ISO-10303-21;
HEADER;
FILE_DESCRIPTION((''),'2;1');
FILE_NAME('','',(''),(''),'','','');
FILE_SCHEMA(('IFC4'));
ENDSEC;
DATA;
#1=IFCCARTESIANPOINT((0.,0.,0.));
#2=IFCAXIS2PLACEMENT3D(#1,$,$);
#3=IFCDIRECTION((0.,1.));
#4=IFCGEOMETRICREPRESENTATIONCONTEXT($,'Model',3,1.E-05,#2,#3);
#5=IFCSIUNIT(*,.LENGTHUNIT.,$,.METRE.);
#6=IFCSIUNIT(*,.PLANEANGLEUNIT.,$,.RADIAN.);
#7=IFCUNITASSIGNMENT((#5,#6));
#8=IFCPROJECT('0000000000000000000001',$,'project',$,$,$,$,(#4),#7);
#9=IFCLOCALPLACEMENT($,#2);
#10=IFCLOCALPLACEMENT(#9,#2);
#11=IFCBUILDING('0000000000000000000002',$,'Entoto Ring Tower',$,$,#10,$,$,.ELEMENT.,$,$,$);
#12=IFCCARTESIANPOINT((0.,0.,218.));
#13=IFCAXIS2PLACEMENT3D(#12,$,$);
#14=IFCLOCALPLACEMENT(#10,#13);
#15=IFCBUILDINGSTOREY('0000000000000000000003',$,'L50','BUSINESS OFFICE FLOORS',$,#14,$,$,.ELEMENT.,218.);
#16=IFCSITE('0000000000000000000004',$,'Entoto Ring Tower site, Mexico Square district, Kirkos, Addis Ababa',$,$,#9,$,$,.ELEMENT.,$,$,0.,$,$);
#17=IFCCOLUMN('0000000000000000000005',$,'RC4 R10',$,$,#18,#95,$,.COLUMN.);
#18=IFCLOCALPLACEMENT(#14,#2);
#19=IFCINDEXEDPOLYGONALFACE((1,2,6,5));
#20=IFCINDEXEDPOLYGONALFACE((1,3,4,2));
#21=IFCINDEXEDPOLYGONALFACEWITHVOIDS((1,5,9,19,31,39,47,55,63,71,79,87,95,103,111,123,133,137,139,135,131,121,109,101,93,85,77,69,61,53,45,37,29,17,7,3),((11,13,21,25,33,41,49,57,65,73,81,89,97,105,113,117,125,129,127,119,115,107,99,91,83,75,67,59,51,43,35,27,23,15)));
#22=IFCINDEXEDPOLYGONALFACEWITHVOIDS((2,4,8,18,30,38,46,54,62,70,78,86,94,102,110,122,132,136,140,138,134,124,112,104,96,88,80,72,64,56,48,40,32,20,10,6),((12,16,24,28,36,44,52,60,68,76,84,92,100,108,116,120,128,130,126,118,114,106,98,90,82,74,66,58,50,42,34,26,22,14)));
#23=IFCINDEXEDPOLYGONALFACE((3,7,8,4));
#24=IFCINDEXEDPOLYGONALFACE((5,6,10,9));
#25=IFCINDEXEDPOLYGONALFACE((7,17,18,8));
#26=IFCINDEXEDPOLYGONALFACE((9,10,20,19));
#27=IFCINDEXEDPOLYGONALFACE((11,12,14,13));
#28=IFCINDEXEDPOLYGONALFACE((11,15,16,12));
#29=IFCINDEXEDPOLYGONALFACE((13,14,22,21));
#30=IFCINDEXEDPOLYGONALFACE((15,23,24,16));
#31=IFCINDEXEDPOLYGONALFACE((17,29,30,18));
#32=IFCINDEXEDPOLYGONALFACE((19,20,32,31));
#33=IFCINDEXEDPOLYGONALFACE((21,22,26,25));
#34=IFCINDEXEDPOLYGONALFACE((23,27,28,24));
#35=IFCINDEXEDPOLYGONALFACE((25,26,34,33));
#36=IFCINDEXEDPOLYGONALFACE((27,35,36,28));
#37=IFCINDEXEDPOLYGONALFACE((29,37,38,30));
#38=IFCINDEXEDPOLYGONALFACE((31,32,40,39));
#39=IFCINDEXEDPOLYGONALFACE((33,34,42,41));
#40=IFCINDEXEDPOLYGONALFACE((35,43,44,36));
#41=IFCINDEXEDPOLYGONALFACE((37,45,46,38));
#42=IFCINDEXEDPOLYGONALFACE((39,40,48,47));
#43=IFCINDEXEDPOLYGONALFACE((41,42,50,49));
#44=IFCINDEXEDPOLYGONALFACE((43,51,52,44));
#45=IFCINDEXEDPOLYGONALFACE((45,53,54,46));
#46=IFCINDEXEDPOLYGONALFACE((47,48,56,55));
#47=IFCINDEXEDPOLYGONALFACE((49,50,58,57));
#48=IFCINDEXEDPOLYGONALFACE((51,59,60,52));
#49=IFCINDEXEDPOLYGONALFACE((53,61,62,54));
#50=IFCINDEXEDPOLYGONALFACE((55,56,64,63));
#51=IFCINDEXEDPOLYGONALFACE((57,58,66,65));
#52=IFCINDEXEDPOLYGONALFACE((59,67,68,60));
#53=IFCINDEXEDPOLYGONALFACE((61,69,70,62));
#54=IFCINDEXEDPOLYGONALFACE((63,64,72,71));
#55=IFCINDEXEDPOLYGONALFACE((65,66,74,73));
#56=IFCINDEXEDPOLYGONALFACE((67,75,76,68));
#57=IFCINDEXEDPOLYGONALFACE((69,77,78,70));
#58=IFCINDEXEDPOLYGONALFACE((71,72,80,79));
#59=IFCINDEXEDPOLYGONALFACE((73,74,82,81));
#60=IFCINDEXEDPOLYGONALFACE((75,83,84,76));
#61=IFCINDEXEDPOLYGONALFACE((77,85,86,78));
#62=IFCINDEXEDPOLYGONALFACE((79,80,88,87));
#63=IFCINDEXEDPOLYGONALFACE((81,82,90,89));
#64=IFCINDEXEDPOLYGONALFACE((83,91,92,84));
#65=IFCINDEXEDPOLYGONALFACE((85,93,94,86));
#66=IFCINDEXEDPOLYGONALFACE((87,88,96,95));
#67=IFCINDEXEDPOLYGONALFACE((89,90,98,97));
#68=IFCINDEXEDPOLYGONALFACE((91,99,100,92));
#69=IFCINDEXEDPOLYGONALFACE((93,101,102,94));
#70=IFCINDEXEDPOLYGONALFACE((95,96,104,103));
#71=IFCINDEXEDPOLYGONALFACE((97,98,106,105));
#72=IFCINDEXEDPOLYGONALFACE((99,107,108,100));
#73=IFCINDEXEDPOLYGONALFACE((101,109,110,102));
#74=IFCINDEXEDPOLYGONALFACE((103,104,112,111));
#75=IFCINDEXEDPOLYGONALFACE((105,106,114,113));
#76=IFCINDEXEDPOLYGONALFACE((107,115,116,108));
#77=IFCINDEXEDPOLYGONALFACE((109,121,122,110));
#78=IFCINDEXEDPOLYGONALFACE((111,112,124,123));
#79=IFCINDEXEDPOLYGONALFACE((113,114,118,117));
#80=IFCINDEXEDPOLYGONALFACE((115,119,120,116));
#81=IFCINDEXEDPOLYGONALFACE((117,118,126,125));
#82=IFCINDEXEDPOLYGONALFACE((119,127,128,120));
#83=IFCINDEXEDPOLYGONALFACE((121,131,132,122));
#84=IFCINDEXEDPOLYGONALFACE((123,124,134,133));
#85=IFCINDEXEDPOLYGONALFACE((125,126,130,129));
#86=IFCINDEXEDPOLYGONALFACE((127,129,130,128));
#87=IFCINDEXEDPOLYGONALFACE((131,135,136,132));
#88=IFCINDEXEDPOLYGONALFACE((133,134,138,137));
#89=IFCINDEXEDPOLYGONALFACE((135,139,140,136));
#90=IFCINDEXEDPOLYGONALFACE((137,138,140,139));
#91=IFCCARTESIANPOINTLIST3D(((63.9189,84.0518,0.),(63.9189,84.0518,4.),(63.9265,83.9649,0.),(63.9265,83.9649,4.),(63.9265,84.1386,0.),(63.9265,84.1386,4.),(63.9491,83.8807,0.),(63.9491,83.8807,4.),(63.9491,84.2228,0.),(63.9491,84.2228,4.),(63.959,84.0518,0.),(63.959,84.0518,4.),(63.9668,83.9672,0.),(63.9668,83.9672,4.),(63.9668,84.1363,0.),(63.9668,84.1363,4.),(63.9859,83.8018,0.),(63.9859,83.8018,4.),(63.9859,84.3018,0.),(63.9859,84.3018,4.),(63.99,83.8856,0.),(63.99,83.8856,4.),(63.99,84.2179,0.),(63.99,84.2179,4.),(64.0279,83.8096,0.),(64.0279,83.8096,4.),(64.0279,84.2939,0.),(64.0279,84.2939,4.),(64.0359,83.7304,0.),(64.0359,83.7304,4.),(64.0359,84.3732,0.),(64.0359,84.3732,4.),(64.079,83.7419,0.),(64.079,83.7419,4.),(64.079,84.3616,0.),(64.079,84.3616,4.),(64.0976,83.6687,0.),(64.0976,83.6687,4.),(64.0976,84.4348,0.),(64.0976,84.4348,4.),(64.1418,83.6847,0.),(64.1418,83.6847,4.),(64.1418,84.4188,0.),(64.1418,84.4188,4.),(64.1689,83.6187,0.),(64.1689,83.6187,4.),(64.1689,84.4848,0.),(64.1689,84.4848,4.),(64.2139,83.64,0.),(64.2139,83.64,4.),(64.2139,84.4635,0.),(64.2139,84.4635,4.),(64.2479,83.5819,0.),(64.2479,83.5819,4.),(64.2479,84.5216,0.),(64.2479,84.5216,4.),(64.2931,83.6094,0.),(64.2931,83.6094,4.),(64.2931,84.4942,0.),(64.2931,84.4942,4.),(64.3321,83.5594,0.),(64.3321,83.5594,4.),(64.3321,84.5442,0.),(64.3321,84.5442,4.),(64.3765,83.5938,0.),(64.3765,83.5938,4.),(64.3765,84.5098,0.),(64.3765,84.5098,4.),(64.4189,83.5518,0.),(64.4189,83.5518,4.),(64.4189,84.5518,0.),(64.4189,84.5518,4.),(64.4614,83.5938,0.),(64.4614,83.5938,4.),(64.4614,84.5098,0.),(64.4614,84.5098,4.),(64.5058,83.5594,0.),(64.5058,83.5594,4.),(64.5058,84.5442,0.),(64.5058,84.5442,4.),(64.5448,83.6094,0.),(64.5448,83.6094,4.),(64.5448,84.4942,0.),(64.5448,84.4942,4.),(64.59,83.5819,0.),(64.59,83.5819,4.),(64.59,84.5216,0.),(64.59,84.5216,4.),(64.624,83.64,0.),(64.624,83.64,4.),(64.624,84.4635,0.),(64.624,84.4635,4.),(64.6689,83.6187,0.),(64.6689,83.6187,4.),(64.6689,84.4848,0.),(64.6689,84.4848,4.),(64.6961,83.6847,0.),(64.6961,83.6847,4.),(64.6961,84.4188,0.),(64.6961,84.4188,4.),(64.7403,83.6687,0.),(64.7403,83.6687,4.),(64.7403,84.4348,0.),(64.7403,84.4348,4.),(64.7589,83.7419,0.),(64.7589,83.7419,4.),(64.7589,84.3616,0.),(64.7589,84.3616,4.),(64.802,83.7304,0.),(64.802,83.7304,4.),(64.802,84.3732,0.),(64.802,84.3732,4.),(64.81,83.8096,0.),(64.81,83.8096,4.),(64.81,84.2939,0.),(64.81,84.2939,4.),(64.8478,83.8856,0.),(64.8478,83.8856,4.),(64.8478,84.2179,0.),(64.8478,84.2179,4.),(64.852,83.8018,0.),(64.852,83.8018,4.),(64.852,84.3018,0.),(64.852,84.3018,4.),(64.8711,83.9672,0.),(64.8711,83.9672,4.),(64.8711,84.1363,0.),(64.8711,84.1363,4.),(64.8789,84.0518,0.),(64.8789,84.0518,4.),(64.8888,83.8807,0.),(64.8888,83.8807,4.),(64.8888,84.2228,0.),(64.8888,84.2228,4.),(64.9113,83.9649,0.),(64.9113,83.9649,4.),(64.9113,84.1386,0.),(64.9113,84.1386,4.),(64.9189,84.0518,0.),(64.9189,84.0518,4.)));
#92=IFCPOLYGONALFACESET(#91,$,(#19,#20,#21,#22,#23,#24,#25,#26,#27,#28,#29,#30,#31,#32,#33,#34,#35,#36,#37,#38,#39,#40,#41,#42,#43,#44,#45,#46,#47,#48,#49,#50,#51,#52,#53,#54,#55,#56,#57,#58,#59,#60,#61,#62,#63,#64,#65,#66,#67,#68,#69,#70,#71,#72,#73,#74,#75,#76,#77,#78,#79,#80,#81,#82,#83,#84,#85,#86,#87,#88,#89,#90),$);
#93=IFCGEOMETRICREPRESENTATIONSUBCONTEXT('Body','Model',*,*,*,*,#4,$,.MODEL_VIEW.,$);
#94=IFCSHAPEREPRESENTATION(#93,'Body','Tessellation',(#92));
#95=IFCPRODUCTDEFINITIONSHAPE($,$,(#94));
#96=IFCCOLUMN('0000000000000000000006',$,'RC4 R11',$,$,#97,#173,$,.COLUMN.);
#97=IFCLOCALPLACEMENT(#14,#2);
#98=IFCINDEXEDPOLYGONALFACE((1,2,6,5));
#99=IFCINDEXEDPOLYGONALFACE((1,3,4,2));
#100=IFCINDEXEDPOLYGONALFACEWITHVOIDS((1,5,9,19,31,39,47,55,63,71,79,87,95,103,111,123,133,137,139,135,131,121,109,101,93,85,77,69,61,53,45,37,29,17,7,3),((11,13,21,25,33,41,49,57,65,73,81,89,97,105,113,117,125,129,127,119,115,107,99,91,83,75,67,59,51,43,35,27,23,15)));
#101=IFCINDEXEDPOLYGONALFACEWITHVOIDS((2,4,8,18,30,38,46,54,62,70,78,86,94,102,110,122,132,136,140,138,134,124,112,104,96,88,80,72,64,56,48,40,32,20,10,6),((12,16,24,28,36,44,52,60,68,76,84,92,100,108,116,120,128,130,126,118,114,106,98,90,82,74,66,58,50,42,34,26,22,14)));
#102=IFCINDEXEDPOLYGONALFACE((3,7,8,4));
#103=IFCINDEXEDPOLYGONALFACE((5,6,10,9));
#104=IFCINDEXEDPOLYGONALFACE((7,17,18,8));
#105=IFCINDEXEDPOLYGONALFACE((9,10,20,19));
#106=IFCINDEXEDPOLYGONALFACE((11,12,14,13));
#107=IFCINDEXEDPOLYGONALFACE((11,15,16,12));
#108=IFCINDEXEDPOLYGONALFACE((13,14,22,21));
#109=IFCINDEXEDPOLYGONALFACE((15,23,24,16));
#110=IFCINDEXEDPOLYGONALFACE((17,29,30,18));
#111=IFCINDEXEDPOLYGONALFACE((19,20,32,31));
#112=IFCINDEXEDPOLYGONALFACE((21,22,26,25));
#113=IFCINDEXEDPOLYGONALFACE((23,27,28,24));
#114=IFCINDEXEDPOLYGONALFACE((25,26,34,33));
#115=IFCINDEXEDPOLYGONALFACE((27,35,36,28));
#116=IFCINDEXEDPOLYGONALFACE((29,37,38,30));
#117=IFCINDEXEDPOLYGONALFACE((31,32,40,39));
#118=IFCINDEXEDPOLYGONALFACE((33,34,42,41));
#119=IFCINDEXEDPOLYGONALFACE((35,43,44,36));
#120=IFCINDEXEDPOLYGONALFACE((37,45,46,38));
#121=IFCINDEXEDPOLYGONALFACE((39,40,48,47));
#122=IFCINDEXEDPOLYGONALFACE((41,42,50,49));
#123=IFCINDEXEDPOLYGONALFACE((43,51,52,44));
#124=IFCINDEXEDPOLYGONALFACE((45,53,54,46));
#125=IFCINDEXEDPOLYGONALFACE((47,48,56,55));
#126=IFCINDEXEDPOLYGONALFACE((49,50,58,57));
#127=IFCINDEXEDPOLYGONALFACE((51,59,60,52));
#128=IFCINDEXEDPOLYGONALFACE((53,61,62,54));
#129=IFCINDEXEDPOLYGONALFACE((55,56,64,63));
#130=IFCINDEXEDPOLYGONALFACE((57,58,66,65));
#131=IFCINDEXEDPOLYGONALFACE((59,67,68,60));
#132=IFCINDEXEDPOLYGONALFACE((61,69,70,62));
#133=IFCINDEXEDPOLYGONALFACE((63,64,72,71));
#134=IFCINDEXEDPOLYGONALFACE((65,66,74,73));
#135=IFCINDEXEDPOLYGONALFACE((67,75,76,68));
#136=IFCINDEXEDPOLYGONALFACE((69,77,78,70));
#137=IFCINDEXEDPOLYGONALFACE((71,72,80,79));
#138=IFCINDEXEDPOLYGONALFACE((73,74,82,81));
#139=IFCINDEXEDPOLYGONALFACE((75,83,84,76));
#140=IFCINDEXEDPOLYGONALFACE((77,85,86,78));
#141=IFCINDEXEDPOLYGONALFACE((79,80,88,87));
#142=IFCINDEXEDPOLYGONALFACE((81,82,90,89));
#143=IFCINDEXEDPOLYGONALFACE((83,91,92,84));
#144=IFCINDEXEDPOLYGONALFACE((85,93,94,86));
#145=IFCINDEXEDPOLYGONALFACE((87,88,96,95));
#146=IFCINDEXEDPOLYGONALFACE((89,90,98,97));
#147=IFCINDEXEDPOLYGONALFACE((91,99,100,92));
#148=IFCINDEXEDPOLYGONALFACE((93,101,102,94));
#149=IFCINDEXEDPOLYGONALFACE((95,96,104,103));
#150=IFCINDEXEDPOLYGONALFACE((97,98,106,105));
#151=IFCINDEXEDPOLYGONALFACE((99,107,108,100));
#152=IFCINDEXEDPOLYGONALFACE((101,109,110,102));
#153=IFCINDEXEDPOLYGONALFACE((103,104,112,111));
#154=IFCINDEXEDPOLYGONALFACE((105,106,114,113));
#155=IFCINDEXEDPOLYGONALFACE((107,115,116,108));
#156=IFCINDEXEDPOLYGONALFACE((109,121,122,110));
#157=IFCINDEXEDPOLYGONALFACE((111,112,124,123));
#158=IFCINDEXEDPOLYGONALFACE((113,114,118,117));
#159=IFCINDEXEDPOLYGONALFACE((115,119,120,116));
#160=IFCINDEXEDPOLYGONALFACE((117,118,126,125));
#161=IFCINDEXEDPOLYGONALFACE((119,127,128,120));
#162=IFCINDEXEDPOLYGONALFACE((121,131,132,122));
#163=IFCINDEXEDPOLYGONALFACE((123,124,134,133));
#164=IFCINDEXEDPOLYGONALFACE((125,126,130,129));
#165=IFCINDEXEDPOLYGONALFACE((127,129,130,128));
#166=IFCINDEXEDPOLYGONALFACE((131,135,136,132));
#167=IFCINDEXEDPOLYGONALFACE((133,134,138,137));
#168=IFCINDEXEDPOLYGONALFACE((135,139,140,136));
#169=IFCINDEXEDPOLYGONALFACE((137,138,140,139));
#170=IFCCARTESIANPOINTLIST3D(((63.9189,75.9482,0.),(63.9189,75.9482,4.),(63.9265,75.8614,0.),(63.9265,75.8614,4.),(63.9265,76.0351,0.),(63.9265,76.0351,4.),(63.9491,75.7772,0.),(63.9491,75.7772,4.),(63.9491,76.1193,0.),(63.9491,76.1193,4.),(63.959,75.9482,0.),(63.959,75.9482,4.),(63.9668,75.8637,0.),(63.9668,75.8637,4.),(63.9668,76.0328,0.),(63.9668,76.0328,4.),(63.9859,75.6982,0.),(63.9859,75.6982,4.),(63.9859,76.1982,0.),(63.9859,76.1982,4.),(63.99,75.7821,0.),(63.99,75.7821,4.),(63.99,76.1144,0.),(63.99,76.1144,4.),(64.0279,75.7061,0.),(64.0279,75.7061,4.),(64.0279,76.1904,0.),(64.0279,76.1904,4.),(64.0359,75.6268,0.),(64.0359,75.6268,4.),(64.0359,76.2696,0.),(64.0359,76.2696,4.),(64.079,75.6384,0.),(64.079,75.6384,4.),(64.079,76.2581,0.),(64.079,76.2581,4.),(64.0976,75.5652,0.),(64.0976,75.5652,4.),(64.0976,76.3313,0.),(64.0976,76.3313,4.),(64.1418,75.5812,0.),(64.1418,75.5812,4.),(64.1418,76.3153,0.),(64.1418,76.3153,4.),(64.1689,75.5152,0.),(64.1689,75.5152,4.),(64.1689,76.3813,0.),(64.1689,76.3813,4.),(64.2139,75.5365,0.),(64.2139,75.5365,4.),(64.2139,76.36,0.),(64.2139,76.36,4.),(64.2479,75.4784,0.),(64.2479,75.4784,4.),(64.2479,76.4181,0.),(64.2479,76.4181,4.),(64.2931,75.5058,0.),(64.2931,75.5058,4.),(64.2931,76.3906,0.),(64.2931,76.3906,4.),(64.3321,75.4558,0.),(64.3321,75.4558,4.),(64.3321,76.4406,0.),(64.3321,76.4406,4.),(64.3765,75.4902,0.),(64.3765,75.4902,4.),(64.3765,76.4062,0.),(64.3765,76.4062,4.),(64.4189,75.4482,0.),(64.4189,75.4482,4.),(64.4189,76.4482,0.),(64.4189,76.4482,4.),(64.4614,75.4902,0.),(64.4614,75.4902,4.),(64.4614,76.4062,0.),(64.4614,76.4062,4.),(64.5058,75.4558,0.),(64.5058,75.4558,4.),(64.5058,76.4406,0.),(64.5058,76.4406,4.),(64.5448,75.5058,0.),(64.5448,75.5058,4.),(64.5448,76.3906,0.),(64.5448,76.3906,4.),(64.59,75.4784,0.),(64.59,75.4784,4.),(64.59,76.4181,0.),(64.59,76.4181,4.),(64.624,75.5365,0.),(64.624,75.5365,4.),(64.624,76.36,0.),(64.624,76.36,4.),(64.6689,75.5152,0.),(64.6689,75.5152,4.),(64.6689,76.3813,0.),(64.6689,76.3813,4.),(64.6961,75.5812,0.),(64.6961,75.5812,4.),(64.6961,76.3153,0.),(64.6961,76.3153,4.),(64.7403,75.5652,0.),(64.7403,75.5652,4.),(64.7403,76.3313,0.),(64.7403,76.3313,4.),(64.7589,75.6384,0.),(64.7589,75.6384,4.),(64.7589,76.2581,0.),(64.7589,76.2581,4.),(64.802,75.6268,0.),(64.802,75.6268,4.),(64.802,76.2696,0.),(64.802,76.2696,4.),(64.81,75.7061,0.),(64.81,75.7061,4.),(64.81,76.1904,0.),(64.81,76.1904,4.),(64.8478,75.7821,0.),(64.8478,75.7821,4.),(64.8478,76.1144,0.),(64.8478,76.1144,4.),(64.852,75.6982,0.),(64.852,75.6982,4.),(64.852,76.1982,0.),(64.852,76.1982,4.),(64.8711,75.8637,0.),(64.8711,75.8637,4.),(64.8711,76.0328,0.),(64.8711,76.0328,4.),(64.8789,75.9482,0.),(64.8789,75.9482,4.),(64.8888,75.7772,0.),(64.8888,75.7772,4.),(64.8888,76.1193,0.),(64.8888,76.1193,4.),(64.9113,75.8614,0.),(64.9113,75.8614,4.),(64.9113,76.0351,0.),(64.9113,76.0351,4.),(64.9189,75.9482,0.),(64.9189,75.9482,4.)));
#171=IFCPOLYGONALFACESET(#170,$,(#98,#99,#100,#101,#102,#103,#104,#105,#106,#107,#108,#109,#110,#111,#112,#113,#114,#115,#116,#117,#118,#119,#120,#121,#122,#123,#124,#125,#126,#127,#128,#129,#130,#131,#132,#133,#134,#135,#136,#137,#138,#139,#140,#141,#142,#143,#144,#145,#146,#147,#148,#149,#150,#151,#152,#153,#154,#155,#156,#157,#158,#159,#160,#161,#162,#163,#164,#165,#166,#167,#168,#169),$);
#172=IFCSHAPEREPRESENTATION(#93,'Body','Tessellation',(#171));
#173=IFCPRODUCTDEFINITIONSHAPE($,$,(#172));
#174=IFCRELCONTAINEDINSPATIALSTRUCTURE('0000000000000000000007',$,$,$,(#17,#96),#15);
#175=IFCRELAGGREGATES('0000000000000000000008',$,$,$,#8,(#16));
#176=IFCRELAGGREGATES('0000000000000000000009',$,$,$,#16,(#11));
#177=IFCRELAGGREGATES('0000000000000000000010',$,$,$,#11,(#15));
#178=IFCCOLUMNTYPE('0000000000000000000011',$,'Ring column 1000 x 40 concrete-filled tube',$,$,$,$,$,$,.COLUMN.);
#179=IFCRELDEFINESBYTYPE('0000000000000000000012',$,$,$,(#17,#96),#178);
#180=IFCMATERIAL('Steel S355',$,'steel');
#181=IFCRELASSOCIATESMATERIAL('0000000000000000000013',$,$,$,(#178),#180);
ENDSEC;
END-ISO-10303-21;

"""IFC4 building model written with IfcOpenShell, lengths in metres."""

from ifc_helpers import new_model, si_unit, direction, frame, origin, origin_2d, place, context, subcontext, project, spatial, circle, hollow_circle, extrude, material, material_profile, profile_set, type_object, element, save


model = new_model("IFC4")

# Units and contexts
model_context = context("Model", 3, precision=1e-05, world=origin(), true_north=direction((0.0, 1.0)))
body_context = subcontext(model_context, "Body", "Model", "MODEL_VIEW")
ifc_project = project(units=[si_unit("LENGTHUNIT", "METRE"), si_unit("PLANEANGLEUNIT", "RADIAN")], contexts=[model_context])

# Site, building, storey
site_placement = place(None, origin())
site = spatial("IfcSite", under=ifc_project, at=site_placement, Name="Entoto Ring Tower site, Mexico Square district, Kirkos, Addis Ababa", CompositionType="ELEMENT", RefElevation=0.0)
building_placement = place(site_placement, origin())
building = spatial("IfcBuilding", under=site, at=building_placement, Name="Entoto Ring Tower", CompositionType="ELEMENT")
storey_placement = place(building_placement, frame((0.0, 0.0, 218.0)))
storey = spatial("IfcBuildingStorey", under=building, at=storey_placement, Name="L50", Description="BUSINESS OFFICE FLOORS", CompositionType="ELEMENT", Elevation=218.0)

# Columns
ifc_material_1 = material(Name="Steel S355", Category="steel")
ifc_material_profile_1 = material_profile(ifc_material_1, hollow_circle(Radius=0.5, WallThickness=0.04, at=origin_2d()), Name="CHS 1000 x 40")
ifc_material_2 = material(Name="Concrete C60/75", Category="concrete")
ifc_material_profile_2 = material_profile(ifc_material_2, circle(Radius=0.46, at=origin_2d()), Name="Concrete C60/75 infill")
ifc_profile_set_1 = profile_set([ifc_material_profile_1, ifc_material_profile_2], Name="Steel S355")
column_type = type_object("IfcColumnType", Name="Ring column 1000 x 40 concrete-filled tube", PredefinedType="COLUMN", material=ifc_profile_set_1)
for number, where, z_axis, x_axis, name in (
    (1, (64.4189, 84.0518, 0.0), (0.0, 0.0, 1.0), (1.0, 0.0, 0.0), "RC4 R10"),
    (2, (64.4189, 75.9482, 0.0), (0.0, 0.0, 1.0), (1.0, 0.0, 0.0), "RC4 R11"),
):
    element("IfcColumn", number, at=place(storey_placement, frame(where, z_axis=z_axis, x_axis=x_axis)), inside=storey, type_object=column_type, Name=name, PredefinedType="COLUMN", context=body_context, shape_type="SweptSolid", body=[
        extrude(hollow_circle(Radius=0.5, WallThickness=0.04, at=origin_2d()), origin(), (0.0, 0.0, 1.0), 4.0),
    ])

save(model, "model.ifc")
